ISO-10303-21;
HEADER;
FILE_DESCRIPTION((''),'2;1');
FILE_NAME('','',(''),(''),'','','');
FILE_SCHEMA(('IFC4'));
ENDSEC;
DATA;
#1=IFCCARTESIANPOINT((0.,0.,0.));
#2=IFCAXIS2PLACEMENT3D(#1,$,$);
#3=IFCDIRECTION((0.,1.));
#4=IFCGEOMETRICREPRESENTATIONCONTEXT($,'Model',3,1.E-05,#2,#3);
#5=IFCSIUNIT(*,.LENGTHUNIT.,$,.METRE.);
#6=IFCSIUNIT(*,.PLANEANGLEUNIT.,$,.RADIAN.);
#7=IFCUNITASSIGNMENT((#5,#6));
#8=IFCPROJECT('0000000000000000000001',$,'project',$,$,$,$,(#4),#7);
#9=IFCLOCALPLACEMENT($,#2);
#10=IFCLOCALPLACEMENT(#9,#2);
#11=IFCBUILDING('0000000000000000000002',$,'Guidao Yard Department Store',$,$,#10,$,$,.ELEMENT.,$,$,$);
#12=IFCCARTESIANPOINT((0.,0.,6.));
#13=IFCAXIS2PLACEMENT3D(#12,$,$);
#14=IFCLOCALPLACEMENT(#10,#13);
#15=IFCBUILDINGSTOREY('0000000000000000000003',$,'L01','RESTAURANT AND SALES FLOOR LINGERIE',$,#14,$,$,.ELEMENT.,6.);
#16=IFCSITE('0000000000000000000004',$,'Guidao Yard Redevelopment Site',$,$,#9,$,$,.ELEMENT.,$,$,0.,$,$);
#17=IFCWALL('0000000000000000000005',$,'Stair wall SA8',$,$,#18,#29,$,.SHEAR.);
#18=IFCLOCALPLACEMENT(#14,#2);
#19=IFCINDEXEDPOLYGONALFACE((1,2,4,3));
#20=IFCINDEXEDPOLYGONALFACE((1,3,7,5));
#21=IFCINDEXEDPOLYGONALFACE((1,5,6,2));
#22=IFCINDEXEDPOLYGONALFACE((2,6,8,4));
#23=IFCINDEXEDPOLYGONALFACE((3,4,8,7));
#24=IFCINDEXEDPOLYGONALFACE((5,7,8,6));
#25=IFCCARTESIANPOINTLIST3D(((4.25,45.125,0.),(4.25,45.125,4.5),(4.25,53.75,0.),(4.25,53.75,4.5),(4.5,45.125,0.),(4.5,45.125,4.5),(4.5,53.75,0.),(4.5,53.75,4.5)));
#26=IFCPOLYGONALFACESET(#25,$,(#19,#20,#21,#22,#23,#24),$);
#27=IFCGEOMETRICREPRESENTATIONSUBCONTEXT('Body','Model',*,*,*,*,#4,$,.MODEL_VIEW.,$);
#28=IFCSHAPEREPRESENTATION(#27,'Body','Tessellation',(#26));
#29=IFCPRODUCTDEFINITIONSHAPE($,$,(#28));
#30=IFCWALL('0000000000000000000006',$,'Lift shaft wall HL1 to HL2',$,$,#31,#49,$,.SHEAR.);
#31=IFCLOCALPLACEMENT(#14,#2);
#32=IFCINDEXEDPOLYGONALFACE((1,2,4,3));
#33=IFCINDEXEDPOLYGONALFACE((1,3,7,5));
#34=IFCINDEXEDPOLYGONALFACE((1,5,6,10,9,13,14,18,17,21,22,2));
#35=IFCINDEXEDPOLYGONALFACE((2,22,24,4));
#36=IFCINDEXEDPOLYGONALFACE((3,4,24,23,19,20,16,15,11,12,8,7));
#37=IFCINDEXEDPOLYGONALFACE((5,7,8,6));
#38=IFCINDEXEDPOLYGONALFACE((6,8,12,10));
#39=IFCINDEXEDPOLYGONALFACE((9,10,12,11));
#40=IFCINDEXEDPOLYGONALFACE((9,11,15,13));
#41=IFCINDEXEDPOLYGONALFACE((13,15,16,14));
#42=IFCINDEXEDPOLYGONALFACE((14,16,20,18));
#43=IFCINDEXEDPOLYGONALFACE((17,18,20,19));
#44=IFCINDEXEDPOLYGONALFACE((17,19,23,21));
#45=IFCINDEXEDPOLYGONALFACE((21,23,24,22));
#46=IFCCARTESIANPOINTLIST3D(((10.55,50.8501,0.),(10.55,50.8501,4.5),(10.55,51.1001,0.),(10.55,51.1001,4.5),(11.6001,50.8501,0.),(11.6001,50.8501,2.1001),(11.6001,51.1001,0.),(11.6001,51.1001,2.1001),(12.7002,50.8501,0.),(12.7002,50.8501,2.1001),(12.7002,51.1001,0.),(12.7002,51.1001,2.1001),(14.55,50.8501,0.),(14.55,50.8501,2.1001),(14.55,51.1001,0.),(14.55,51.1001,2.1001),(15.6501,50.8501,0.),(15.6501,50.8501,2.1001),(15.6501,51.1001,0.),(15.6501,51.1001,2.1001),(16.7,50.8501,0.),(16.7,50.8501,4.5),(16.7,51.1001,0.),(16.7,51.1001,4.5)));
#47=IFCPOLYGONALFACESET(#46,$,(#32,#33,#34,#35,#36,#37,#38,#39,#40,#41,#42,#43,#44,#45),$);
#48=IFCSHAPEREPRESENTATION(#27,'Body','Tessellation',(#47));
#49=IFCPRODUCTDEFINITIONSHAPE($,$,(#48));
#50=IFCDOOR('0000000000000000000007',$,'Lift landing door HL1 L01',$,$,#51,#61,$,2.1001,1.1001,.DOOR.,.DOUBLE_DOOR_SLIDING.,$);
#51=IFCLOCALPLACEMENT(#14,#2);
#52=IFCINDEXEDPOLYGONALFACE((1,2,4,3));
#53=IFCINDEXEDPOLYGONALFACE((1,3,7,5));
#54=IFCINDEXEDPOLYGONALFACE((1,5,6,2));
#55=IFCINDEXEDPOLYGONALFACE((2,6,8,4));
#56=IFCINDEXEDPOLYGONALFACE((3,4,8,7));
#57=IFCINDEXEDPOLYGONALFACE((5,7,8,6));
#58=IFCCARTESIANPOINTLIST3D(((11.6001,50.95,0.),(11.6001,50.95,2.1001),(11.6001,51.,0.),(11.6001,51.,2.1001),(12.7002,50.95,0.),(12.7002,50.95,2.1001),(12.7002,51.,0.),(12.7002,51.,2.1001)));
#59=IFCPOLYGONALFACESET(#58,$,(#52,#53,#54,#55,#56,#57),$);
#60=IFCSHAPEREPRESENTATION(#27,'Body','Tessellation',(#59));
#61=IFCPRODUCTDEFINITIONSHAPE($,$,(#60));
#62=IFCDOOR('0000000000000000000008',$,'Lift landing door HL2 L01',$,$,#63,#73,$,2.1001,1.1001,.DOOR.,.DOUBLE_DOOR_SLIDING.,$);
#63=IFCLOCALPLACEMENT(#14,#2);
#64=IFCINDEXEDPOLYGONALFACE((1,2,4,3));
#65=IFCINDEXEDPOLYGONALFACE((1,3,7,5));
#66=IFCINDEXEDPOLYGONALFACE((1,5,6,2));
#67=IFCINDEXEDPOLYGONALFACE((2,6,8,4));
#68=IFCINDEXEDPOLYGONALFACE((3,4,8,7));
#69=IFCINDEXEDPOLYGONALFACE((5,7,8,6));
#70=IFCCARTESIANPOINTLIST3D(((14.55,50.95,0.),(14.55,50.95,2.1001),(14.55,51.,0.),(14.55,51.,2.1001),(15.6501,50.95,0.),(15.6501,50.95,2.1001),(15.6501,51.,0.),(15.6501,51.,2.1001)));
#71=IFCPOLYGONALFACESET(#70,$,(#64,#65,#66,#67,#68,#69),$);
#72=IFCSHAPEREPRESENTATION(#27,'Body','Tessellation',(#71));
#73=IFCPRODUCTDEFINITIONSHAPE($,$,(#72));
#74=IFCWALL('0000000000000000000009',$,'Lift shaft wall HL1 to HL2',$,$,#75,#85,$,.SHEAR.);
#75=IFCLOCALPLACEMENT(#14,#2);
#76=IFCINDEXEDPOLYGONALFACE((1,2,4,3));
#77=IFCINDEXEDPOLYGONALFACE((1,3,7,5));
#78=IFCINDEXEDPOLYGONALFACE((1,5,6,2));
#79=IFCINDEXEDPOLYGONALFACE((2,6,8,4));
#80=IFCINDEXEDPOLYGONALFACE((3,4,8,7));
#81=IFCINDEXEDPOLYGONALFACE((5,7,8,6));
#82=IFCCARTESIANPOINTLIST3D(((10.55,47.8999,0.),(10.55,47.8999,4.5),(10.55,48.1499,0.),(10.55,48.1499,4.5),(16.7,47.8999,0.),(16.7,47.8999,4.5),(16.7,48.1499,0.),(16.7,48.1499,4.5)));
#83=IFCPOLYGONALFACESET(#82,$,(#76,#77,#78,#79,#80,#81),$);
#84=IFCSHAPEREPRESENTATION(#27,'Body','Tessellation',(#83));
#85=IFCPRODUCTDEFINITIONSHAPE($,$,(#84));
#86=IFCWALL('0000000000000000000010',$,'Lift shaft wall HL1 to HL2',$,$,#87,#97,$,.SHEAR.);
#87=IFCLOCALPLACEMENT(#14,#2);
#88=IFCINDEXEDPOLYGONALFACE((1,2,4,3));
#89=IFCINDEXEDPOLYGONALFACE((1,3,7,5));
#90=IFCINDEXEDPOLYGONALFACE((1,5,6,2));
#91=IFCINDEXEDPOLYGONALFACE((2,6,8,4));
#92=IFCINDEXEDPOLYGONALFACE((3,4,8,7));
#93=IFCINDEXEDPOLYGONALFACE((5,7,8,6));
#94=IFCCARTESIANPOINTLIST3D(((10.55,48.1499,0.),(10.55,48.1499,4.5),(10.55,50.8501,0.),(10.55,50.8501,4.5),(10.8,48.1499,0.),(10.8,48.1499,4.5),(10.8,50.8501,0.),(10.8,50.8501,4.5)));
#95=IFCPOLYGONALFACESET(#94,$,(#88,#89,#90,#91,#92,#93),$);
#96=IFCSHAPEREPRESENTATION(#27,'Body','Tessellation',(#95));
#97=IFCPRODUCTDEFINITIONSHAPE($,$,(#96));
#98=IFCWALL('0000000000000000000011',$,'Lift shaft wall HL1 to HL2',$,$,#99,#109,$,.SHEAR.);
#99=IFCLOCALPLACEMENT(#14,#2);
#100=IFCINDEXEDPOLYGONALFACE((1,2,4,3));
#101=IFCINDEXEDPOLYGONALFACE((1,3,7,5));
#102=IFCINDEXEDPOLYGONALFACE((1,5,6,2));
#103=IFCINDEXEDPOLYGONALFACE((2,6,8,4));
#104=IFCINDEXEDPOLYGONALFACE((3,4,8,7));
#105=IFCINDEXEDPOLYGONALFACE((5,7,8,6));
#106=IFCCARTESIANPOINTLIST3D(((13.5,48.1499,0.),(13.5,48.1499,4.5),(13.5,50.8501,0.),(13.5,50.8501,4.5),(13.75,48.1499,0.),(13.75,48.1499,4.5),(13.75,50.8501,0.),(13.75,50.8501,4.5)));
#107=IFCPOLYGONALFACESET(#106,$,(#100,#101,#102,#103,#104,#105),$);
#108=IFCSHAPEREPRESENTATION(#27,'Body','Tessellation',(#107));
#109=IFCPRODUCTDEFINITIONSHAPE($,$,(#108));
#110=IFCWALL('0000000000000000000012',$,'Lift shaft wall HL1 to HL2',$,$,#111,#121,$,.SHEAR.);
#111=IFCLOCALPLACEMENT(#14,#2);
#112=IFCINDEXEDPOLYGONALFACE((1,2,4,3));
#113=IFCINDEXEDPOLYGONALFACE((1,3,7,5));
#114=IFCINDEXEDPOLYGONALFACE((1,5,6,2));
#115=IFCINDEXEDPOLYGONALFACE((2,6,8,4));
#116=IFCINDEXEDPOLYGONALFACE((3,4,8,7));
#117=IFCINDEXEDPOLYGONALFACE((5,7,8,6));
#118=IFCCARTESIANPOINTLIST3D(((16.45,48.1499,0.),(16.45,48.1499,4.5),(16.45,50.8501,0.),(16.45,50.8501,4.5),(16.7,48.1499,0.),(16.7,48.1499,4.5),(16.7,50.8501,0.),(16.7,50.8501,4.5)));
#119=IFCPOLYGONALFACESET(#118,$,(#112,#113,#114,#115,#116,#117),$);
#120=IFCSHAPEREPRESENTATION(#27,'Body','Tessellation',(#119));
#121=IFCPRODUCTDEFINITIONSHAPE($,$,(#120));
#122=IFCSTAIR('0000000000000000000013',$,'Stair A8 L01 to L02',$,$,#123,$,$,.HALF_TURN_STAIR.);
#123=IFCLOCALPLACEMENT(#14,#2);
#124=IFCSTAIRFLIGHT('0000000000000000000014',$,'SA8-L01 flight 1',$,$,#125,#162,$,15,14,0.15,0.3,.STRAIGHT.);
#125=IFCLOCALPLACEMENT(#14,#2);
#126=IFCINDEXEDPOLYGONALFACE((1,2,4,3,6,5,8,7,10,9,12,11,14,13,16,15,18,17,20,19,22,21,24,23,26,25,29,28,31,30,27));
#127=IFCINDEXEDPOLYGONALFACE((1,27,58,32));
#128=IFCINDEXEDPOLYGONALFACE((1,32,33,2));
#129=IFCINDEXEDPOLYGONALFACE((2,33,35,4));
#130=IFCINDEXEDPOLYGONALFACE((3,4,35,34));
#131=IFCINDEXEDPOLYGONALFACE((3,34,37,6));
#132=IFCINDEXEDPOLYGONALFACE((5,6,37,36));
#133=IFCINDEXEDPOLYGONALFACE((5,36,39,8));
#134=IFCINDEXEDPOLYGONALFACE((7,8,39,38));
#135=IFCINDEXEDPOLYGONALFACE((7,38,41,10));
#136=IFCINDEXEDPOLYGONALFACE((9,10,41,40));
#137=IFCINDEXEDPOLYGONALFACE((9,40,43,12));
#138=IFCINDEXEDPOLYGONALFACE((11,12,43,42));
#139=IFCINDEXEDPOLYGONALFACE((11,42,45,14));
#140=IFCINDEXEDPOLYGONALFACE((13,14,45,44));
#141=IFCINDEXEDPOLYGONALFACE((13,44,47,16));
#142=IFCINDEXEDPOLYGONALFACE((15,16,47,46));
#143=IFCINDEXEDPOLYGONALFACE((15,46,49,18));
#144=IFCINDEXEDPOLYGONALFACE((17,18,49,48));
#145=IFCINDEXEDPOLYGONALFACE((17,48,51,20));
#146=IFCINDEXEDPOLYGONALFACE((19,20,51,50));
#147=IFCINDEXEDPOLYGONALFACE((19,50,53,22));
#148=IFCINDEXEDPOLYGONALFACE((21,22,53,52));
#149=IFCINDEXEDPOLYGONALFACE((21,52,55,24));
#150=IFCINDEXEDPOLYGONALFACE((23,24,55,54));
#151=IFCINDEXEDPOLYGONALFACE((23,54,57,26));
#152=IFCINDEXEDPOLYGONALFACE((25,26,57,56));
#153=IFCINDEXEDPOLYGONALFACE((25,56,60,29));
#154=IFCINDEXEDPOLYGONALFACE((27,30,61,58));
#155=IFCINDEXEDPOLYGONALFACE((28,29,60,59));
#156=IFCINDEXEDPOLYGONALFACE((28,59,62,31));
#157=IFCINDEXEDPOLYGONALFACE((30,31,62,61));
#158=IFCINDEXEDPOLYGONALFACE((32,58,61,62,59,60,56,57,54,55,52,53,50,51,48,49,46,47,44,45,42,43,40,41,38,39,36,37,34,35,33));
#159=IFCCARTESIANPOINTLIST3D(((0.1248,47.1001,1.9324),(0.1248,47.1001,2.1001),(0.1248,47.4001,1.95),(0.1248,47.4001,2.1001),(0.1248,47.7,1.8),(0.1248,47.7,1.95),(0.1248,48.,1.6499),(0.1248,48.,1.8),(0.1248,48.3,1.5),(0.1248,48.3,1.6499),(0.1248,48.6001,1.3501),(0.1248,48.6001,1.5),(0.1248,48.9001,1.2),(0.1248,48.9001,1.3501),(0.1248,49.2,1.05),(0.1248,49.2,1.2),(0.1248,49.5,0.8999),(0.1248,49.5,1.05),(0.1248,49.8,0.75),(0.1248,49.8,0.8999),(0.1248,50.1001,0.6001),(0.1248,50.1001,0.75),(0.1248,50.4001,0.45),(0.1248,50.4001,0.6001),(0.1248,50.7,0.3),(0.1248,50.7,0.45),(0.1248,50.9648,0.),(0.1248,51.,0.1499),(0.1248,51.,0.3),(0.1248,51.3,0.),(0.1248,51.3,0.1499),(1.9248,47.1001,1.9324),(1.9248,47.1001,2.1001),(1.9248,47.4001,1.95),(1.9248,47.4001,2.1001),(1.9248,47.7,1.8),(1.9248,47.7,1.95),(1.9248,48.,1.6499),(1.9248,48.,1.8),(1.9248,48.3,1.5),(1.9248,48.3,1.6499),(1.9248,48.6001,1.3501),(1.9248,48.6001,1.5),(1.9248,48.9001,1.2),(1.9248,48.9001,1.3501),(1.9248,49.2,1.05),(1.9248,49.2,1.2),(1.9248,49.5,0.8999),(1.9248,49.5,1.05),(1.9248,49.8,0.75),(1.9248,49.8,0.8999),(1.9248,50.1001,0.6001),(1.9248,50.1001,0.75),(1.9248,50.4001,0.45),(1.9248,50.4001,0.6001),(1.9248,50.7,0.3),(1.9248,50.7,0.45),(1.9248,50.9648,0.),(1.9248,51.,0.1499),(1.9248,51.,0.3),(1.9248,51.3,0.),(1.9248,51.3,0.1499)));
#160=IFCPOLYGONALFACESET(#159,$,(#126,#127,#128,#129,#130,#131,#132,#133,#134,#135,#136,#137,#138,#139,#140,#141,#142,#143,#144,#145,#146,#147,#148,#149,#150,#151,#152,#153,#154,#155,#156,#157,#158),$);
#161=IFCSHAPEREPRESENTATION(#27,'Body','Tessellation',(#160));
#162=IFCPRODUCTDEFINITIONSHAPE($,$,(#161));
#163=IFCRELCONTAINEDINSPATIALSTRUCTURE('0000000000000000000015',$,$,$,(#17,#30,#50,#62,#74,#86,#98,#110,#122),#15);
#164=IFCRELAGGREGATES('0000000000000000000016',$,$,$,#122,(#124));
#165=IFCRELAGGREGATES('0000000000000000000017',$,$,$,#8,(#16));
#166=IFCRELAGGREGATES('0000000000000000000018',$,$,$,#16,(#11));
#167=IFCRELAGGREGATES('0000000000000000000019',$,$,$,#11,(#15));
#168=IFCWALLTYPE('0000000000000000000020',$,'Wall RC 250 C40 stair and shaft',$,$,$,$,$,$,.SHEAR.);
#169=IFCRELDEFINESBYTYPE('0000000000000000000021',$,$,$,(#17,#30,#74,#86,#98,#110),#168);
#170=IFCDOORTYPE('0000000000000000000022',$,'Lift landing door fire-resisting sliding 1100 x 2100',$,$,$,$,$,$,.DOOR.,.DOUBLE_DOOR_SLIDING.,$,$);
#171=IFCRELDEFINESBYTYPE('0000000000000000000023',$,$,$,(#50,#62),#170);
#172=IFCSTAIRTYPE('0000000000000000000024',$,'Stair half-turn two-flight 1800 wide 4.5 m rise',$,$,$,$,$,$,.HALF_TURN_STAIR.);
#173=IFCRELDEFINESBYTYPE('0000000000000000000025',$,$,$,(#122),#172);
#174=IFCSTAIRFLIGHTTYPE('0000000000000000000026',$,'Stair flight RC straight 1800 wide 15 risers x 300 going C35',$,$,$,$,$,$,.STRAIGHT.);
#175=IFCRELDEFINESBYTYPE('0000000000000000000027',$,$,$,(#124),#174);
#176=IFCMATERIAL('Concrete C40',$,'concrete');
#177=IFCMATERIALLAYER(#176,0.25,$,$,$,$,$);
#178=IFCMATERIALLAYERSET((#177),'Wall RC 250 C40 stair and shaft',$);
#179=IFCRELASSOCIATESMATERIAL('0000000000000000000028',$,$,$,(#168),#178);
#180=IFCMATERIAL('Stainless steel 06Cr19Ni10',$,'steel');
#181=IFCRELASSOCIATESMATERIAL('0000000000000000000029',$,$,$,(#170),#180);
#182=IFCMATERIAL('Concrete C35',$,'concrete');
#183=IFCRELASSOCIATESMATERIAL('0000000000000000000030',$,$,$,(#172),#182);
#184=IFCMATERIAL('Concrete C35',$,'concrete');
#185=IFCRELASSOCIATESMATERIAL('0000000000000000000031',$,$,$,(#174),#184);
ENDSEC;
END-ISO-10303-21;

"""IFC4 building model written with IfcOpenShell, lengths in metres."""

from ifc_helpers import new_model, si_unit, direction, frame, frame_2d, origin, place, context, subcontext, project, spatial, polyline, rectangle, outline, extrude, material, layer, layer_set, type_object, element, fill, aggregate, save


model = new_model("IFC4")

# Units and contexts
model_context = context("Model", 3, precision=1e-05, world=origin(), true_north=direction((0.0, 1.0)))
body_context = subcontext(model_context, "Body", "Model", "MODEL_VIEW")
ifc_project = project(units=[si_unit("LENGTHUNIT", "METRE"), si_unit("PLANEANGLEUNIT", "RADIAN")], contexts=[model_context])

# Site, building, storey
site_placement = place(None, origin())
site = spatial("IfcSite", under=ifc_project, at=site_placement, Name="Guidao Yard Redevelopment Site", CompositionType="ELEMENT", RefElevation=0.0)
building_placement = place(site_placement, origin())
building = spatial("IfcBuilding", under=site, at=building_placement, Name="Guidao Yard Department Store", CompositionType="ELEMENT")
storey_placement = place(building_placement, frame((0.0, 0.0, 6.0)))
storey = spatial("IfcBuildingStorey", under=building, at=storey_placement, Name="L01", Description="RESTAURANT AND SALES FLOOR LINGERIE", CompositionType="ELEMENT", Elevation=6.0)

# Wall
ifc_material_1 = material(Name="Concrete C40", Category="concrete")
ifc_layer_1 = layer(ifc_material_1, 0.25)
ifc_layer_set_1 = layer_set([ifc_layer_1], Name="Wall RC 250 C40 stair and shaft")
wall_type_1 = type_object("IfcWallType", Name="Wall RC 250 C40 stair and shaft", PredefinedType="SHEAR", material=ifc_layer_set_1)
wall_1_placement = place(storey_placement, frame((4.375, 45.125, 0.0), z_axis=(0.0, 0.0, 1.0), x_axis=(0.0, 1.0, 0.0)))
element("IfcWall", 1, at=wall_1_placement, inside=storey, type_object=wall_type_1, Name="Stair wall SA8", PredefinedType="SHEAR", context=body_context, shape_type="SweptSolid", body=[
    extrude(rectangle(XDim=8.625, YDim=0.25, at=frame_2d((4.3125, 0.0))), origin(), (0.0, 0.0, 1.0), 4.5),
])

# Wall, openings, doors
wall_2_placement = place(storey_placement, frame((10.55, 50.9751, 0.0), z_axis=(0.0, 0.0, 1.0), x_axis=(1.0, 0.0, 0.0)))
wall_2 = element("IfcWall", 2, at=wall_2_placement, inside=storey, type_object=wall_type_1, Name="Lift shaft wall HL1 to HL2", PredefinedType="SHEAR", context=body_context, shape_type="SweptSolid", body=[
    extrude(rectangle(XDim=6.1499, YDim=0.25, at=frame_2d((3.075, 0.0))), origin(), (0.0, 0.0, 1.0), 4.5),
])
opening_1_placement = place(wall_2_placement, frame((1.05, 0.0, 0.0)))
opening_1 = element("IfcOpeningElement", 3, at=opening_1_placement, cuts=wall_2, PredefinedType="OPENING", context=body_context, shape_type="SweptSolid", body=[
    extrude(rectangle(XDim=1.1001, YDim=2.1001, at=frame_2d((0.55, 1.05))), frame((0.0, 0.135, 0.0), z_axis=(0.0, -1.0, 0.0), x_axis=(1.0, 0.0, 0.0)), (0.0, 0.0, 1.0), 0.27),
])
opening_2_placement = place(wall_2_placement, frame((4.0, 0.0, 0.0)))
opening_2 = element("IfcOpeningElement", 4, at=opening_2_placement, cuts=wall_2, PredefinedType="OPENING", context=body_context, shape_type="SweptSolid", body=[
    extrude(rectangle(XDim=1.1001, YDim=2.1001, at=frame_2d((0.55, 1.05))), frame((0.0, 0.135, 0.0), z_axis=(0.0, -1.0, 0.0), x_axis=(1.0, 0.0, 0.0)), (0.0, 0.0, 1.0), 0.27),
])
ifc_material_2 = material(Name="Stainless steel 06Cr19Ni10", Category="steel")
door_type = type_object("IfcDoorType", Name="Lift landing door fire-resisting sliding 1100 x 2100", OperationType="DOUBLE_DOOR_SLIDING", PredefinedType="DOOR", material=ifc_material_2)
door_1_placement = place(opening_1_placement, origin())
door_1 = element("IfcDoor", 5, at=door_1_placement, inside=storey, type_object=door_type, Name="Lift landing door HL1 L01", OperationType="DOUBLE_DOOR_SLIDING", OverallHeight=2.1001, OverallWidth=1.1001, PredefinedType="DOOR", context=body_context, shape_type="SweptSolid", body=[
    extrude(rectangle(XDim=1.1001, YDim=2.1001, at=frame_2d((0.55, 1.05))), frame((0.0, 0.0249, 0.0), z_axis=(0.0, -1.0, 0.0), x_axis=(1.0, 0.0, 0.0)), (0.0, 0.0, 1.0), 0.05),
])
fill(opening_1, door_1)
door_2_placement = place(opening_2_placement, origin())
door_2 = element("IfcDoor", 6, at=door_2_placement, inside=storey, type_object=door_type, Name="Lift landing door HL2 L01", OperationType="DOUBLE_DOOR_SLIDING", OverallHeight=2.1001, OverallWidth=1.1001, PredefinedType="DOOR", context=body_context, shape_type="SweptSolid", body=[
    extrude(rectangle(XDim=1.1001, YDim=2.1001, at=frame_2d((0.55, 1.05))), frame((0.0, 0.0249, 0.0), z_axis=(0.0, -1.0, 0.0), x_axis=(1.0, 0.0, 0.0)), (0.0, 0.0, 1.0), 0.05),
])
fill(opening_2, door_2)

# Walls
wall_3_placement = place(storey_placement, frame((10.55, 48.0249, 0.0), z_axis=(0.0, 0.0, 1.0), x_axis=(1.0, 0.0, 0.0)))
element("IfcWall", 7, at=wall_3_placement, inside=storey, type_object=wall_type_1, Name="Lift shaft wall HL1 to HL2", PredefinedType="SHEAR", context=body_context, shape_type="SweptSolid", body=[
    extrude(rectangle(XDim=6.1499, YDim=0.25, at=frame_2d((3.075, 0.0))), origin(), (0.0, 0.0, 1.0), 4.5),
])
for number, where, z_axis, x_axis, name in (
    (8, (10.675, 48.1499, 0.0), (0.0, 0.0, 1.0), (0.0, 1.0, 0.0), "Lift shaft wall HL1 to HL2"),
    (9, (13.625, 48.1499, 0.0), (0.0, 0.0, 1.0), (0.0, 1.0, 0.0), "Lift shaft wall HL1 to HL2"),
    (10, (16.575, 48.1499, 0.0), (0.0, 0.0, 1.0), (0.0, 1.0, 0.0), "Lift shaft wall HL1 to HL2"),
):
    element("IfcWall", number, at=place(storey_placement, frame(where, z_axis=z_axis, x_axis=x_axis)), inside=storey, type_object=wall_type_1, Name=name, PredefinedType="SHEAR", context=body_context, shape_type="SweptSolid", body=[
        extrude(rectangle(XDim=2.7002, YDim=0.25, at=frame_2d((1.3501, 0.0))), origin(), (0.0, 0.0, 1.0), 4.5),
    ])

# Stair, stair flight
ifc_material_3 = material(Name="Concrete C35", Category="concrete")
stair_type = type_object("IfcStairType", Name="Stair half-turn two-flight 1800 wide 4.5 m rise", PredefinedType="HALF_TURN_STAIR", material=ifc_material_3)
stair_placement = place(storey_placement, origin())
stair = element("IfcStair", 11, at=stair_placement, inside=storey, type_object=stair_type, Name="Stair A8 L01 to L02", PredefinedType="HALF_TURN_STAIR")
ifc_material_4 = material(Name="Concrete C35", Category="concrete")
stair_flight_type = type_object("IfcStairFlightType", Name="Stair flight RC straight 1800 wide 15 risers x 300 going C35", PredefinedType="STRAIGHT", material=ifc_material_4)
stair_flight_1_placement = place(storey_placement, frame((1.0249, 51.3, 0.0), z_axis=(0.0, 0.0, 1.0), x_axis=(0.0, -1.0, 0.0)))
stair_flight_1 = element("IfcStairFlight", 12, at=stair_flight_1_placement, type_object=stair_flight_type, Name="SA8-L01 flight 1", NumberOfRisers=15, NumberOfTreads=14, PredefinedType="STRAIGHT", RiserHeight=0.15, TreadLength=0.3, context=body_context, shape_type="SweptSolid", body=[
    extrude(outline(polyline([(0.0, 0.0), (0.0, 0.1499), (0.3, 0.1499), (0.3, 0.3), (0.6001, 0.3), (0.6001, 0.45), (0.8999, 0.45), (0.8999, 0.6001), (1.2, 0.6001), (1.2, 0.75), (1.5, 0.75), (1.5, 0.8999), (1.8, 0.8999), (1.8, 1.05), (2.1001, 1.05), (2.1001, 1.2), (2.3999, 1.2), (2.3999, 1.3501), (2.7, 1.3501), (2.7, 1.5), (3.0, 1.5), (3.0, 1.6499), (3.3, 1.6499), (3.3, 1.8), (3.6001, 1.8), (3.6001, 1.95), (3.8999, 1.95), (3.8999, 2.1001), (4.2, 2.1001), (4.2, 2.25), (4.2, 1.9324), (0.3352, 0.0), (0.0, 0.0)])), frame((0.0, 0.8999, 0.0), z_axis=(0.0, -1.0, 0.0), x_axis=(1.0, 0.0, 0.0)), (0.0, 0.0, 1.0), 1.8),
])
aggregate(stair, [stair_flight_1])

save(model, "model.ifc")
